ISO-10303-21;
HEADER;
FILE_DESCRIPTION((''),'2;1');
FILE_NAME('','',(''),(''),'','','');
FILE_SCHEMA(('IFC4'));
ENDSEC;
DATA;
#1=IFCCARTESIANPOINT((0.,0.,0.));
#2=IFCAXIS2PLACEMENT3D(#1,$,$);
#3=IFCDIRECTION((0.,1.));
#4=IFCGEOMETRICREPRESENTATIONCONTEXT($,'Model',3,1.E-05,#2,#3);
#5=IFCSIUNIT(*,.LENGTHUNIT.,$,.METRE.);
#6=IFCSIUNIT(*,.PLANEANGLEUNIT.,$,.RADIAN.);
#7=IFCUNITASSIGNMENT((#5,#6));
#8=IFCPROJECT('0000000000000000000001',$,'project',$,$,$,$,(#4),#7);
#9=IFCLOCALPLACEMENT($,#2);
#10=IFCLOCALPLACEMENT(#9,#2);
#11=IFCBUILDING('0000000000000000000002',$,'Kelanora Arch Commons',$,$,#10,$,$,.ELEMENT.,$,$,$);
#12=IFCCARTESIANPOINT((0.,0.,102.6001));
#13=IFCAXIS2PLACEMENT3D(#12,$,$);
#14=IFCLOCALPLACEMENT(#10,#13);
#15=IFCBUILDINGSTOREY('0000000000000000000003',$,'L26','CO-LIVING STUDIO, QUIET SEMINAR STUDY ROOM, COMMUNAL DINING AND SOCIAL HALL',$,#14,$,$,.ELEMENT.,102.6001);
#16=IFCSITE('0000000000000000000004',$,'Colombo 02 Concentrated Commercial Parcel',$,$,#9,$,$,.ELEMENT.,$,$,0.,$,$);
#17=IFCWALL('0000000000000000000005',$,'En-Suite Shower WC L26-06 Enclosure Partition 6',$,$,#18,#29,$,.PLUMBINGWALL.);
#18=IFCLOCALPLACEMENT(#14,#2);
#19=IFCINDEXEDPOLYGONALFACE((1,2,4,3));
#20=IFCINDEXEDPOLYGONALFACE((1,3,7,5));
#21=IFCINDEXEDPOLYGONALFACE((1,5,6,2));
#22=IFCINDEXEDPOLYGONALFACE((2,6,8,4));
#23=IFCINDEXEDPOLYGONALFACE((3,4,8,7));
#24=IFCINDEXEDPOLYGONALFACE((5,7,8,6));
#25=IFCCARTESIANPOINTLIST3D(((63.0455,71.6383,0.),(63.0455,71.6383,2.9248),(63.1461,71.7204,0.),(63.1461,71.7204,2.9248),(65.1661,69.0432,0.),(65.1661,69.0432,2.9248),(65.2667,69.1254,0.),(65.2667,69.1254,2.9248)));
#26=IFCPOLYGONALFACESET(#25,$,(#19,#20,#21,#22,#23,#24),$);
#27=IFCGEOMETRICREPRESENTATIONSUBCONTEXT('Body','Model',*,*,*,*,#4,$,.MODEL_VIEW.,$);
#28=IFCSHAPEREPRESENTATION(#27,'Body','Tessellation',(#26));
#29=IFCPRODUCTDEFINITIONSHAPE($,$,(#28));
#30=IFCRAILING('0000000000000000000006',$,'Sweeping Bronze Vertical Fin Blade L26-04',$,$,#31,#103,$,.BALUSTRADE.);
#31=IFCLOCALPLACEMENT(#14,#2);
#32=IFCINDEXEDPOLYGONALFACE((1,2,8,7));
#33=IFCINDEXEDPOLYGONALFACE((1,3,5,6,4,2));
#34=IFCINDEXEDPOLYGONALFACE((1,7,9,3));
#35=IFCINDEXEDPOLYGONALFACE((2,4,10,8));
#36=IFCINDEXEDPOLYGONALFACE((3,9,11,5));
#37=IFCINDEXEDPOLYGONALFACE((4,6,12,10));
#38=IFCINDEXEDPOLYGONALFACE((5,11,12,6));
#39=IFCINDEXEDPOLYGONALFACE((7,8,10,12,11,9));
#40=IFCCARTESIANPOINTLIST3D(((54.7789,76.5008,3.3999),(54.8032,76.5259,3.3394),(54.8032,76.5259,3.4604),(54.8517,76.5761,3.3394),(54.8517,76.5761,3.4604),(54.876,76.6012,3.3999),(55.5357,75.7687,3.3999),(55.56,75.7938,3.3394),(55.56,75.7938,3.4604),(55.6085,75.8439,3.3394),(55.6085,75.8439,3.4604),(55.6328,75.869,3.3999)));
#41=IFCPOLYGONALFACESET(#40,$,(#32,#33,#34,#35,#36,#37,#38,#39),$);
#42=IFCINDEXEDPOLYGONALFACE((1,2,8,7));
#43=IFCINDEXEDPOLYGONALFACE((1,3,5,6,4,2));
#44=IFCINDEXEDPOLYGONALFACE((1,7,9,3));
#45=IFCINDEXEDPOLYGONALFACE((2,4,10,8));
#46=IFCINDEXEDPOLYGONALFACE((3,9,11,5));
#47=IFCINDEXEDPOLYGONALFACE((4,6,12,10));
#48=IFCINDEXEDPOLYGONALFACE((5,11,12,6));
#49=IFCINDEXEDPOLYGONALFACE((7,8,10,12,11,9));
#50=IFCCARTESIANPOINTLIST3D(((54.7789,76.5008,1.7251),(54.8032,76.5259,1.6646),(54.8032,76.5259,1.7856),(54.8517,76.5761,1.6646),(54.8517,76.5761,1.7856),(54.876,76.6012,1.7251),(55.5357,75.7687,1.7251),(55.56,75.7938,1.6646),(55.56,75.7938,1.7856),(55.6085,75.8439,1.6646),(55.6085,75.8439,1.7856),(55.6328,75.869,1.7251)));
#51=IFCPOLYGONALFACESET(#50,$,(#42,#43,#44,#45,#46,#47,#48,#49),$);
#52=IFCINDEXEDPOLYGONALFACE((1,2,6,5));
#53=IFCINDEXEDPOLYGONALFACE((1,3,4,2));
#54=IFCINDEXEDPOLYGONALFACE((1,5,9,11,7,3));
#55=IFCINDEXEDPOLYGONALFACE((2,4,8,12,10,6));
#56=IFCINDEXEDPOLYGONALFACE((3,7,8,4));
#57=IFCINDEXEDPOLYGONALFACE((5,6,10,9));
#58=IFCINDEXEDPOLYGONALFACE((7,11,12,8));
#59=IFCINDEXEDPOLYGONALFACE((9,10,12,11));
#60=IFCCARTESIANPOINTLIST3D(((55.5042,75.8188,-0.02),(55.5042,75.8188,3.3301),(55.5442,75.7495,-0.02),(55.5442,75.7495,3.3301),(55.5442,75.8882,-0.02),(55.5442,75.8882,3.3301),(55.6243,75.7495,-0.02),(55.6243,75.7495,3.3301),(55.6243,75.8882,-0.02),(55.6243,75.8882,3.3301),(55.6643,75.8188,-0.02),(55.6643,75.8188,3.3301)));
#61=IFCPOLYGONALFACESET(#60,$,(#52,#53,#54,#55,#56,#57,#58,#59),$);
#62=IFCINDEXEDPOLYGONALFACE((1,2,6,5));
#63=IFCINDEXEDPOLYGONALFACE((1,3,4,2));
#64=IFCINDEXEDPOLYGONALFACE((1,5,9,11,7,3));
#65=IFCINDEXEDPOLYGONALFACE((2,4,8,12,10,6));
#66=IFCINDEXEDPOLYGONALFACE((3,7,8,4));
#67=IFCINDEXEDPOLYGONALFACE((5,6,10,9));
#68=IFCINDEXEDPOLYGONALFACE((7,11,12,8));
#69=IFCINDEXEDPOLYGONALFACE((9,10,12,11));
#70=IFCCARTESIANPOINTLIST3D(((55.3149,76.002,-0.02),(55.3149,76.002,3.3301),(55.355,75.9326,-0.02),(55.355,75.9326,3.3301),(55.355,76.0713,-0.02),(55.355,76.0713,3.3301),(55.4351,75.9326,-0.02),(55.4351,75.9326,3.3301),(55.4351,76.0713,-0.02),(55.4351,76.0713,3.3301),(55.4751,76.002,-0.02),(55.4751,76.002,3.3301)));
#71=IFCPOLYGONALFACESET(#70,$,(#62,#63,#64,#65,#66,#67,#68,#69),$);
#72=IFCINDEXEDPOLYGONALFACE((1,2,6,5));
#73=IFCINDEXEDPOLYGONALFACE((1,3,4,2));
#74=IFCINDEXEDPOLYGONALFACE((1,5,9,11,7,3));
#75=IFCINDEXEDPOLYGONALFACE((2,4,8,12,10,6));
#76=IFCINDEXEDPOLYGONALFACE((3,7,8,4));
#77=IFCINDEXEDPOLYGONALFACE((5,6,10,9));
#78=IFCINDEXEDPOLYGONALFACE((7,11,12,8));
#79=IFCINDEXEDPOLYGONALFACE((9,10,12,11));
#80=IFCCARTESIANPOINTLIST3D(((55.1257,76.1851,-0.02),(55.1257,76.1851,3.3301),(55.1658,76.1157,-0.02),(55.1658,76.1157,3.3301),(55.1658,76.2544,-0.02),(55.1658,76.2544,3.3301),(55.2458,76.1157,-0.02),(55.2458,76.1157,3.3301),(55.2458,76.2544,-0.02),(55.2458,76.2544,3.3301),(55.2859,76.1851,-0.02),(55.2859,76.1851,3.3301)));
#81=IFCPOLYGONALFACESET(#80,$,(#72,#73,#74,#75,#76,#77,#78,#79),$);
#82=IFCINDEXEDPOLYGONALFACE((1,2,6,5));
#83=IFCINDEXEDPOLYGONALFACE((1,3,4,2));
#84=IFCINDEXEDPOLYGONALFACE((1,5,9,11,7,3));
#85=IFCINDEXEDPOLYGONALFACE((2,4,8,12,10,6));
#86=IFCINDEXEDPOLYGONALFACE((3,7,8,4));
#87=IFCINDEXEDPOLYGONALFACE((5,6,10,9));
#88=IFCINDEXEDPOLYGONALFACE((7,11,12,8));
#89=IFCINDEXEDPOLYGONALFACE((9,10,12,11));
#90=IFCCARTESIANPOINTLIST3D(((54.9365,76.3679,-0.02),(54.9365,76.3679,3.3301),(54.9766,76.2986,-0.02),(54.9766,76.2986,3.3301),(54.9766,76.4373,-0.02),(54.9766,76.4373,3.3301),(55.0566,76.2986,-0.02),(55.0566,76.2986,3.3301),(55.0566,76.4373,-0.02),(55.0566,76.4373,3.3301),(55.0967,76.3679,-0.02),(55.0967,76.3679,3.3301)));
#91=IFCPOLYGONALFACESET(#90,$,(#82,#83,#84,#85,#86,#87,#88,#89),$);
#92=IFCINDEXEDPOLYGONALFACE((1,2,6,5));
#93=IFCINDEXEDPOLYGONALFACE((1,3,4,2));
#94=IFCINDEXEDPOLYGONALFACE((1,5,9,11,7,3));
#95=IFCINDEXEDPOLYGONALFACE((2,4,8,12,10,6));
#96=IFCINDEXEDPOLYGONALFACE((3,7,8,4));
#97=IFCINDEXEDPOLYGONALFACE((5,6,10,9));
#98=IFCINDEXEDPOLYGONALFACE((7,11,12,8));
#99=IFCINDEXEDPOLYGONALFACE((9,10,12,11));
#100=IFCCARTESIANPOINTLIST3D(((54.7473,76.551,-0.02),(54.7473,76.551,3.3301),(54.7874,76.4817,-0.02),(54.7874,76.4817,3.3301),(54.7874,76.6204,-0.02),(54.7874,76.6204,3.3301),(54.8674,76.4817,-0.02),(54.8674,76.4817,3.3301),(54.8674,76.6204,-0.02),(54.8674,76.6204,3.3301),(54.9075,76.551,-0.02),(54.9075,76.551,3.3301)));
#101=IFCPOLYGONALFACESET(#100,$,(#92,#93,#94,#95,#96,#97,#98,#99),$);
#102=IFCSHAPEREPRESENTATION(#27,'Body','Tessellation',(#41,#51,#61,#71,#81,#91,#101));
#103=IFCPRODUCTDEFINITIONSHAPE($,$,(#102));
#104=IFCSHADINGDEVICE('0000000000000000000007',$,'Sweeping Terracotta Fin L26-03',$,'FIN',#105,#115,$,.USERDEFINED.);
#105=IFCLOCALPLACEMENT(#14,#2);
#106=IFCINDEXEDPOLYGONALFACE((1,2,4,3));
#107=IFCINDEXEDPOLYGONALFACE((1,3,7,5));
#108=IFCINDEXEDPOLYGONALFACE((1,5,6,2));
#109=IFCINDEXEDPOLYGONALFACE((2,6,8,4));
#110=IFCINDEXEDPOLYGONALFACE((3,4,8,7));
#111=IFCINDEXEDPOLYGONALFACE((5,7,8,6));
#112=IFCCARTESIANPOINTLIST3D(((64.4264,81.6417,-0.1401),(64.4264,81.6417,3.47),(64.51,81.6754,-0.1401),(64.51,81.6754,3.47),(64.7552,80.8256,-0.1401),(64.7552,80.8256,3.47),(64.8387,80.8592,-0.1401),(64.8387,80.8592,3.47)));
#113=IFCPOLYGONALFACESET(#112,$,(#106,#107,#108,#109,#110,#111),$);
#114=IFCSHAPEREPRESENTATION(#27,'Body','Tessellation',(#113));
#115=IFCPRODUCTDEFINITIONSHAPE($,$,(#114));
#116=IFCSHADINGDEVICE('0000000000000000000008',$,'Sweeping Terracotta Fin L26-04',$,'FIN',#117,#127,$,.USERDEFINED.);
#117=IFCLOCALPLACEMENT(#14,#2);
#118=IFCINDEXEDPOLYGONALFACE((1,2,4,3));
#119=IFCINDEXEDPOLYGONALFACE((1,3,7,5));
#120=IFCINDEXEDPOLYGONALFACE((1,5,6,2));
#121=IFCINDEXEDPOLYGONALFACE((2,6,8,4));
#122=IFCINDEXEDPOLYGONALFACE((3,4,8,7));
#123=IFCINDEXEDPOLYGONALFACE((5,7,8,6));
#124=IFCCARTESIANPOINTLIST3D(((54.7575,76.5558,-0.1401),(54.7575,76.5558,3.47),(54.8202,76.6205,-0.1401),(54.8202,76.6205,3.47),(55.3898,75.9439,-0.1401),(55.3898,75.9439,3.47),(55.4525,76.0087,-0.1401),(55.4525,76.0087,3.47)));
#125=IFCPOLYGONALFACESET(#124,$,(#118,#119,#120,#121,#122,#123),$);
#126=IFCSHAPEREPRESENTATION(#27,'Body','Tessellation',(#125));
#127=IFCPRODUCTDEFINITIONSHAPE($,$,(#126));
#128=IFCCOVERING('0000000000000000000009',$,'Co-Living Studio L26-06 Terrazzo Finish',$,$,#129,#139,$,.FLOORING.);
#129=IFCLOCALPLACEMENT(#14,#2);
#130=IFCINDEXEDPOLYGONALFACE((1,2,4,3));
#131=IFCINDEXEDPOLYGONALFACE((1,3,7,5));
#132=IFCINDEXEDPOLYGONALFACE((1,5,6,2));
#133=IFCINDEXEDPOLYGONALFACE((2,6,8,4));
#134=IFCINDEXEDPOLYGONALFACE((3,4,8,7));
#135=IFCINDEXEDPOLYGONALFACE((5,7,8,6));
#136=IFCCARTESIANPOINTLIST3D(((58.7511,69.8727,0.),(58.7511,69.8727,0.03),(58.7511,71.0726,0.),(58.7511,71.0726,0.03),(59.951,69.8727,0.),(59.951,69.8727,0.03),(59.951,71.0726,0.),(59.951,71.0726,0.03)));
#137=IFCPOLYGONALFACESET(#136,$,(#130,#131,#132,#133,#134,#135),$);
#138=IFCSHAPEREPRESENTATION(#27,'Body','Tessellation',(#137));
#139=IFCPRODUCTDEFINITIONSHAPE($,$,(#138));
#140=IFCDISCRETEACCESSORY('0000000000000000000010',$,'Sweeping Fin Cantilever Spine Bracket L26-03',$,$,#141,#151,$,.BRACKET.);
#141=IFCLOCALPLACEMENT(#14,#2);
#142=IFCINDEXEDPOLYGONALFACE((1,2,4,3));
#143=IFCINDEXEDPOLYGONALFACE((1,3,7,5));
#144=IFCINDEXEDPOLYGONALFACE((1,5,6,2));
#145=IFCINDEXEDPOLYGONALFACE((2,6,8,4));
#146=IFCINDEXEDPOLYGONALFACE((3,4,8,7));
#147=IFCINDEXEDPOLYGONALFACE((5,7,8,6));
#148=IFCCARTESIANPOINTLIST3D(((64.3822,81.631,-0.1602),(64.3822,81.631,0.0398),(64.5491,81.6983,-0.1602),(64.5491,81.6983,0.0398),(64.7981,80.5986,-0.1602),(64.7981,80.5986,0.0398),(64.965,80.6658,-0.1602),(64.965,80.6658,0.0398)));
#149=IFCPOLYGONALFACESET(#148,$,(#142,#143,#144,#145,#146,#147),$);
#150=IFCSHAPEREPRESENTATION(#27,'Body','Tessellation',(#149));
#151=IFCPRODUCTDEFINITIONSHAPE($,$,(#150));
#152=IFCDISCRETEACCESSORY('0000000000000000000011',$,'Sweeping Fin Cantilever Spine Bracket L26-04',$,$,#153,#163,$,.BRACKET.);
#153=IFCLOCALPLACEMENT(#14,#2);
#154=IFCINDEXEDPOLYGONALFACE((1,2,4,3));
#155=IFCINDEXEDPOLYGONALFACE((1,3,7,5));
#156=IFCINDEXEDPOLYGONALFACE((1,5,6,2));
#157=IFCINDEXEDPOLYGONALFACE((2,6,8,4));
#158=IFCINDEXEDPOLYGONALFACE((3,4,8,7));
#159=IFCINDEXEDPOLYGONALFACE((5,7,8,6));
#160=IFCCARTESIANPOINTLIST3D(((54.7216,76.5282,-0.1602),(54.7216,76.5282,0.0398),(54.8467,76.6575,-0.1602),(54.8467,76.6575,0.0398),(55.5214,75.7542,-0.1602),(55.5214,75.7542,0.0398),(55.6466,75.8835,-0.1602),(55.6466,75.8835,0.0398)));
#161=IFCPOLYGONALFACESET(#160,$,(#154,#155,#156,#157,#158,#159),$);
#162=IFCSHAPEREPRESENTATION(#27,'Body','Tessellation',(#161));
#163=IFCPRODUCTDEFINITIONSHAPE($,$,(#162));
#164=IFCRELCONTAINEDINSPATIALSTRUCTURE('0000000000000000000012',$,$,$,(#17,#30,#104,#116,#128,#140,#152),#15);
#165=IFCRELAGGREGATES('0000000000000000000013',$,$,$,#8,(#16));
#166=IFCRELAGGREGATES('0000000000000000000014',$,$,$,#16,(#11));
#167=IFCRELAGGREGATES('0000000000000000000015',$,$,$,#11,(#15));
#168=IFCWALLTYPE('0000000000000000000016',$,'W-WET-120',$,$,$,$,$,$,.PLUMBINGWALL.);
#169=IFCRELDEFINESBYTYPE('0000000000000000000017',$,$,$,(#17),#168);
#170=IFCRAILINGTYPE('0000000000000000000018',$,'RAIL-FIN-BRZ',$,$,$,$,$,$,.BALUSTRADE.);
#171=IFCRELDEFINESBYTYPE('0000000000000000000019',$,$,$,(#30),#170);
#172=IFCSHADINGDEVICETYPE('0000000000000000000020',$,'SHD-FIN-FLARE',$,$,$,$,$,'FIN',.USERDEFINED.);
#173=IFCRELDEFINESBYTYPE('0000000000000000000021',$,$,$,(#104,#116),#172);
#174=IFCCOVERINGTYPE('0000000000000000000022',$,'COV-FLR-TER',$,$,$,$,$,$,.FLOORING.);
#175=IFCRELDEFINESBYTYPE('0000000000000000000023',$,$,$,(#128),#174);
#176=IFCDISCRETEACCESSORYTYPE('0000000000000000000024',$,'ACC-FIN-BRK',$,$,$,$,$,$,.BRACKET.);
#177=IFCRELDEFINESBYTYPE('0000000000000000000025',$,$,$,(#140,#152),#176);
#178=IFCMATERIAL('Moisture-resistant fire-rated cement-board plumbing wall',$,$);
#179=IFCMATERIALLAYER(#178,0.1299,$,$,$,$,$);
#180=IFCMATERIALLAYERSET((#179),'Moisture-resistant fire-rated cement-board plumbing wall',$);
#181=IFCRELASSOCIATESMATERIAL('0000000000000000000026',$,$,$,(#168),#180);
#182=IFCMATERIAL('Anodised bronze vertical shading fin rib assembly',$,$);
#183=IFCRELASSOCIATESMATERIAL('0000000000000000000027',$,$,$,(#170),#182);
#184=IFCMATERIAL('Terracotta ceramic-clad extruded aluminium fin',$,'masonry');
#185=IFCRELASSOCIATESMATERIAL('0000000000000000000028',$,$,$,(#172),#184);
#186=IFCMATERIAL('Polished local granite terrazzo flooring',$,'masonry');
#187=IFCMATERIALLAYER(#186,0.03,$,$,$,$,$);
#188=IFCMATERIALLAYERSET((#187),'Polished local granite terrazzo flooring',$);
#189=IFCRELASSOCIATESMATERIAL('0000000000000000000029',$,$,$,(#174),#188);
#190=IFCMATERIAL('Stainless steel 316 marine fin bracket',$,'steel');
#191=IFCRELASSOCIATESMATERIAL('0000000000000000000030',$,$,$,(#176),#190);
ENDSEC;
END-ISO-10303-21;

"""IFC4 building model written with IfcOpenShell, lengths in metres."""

from ifc_helpers import new_model, si_unit, direction, frame, frame_2d, origin, origin_2d, place, context, subcontext, project, spatial, polyline, rectangle, outline, extrude, source, transform, mapped, material, layer, layer_set, type_object, element, save


model = new_model("IFC4")

# Units and contexts
model_context = context("Model", 3, precision=1e-05, world=origin(), true_north=direction((0.0, 1.0)))
body_context = subcontext(model_context, "Body", "Model", "MODEL_VIEW")
ifc_project = project(units=[si_unit("LENGTHUNIT", "METRE"), si_unit("PLANEANGLEUNIT", "RADIAN")], contexts=[model_context])

# Site, building, storey
site_placement = place(None, origin())
site = spatial("IfcSite", under=ifc_project, at=site_placement, Name="Colombo 02 Concentrated Commercial Parcel", CompositionType="ELEMENT", RefElevation=0.0)
building_placement = place(site_placement, origin())
building = spatial("IfcBuilding", under=site, at=building_placement, Name="Kelanora Arch Commons", CompositionType="ELEMENT")
storey_placement = place(building_placement, frame((0.0, 0.0, 102.6001)))
storey = spatial("IfcBuildingStorey", under=building, at=storey_placement, Name="L26", Description="CO-LIVING STUDIO, QUIET SEMINAR STUDY ROOM, COMMUNAL DINING AND SOCIAL HALL", CompositionType="ELEMENT", Elevation=102.6001)

# Wall
ifc_material_1 = material(Name="Moisture-resistant fire-rated cement-board plumbing wall")
ifc_layer_1 = layer(ifc_material_1, 0.1299)
ifc_layer_set_1 = layer_set([ifc_layer_1], Name="Moisture-resistant fire-rated cement-board plumbing wall")
wall_type_1 = type_object("IfcWallType", Name="W-WET-120", PredefinedType="PLUMBINGWALL", material=ifc_layer_set_1)
wall_1_placement = place(storey_placement, frame((63.0957, 71.6794, 0.0), z_axis=(0.0, 0.0, 1.0), x_axis=(0.632781, -0.77433, 0.0)))
element("IfcWall", 1, at=wall_1_placement, inside=storey, type_object=wall_type_1, Name="En-Suite Shower WC L26-06 Enclosure Partition 6", PredefinedType="PLUMBINGWALL", context=body_context, shape_type="SweptSolid", body=[
    extrude(rectangle(XDim=3.3513, YDim=0.1299, at=frame_2d((1.6758, 0.0))), origin(), (0.0, 0.0, 1.0), 2.9248),
])

# Railing
ifc_material_2 = material(Name="Anodised bronze vertical shading fin rib assembly")
railing_type = type_object("IfcRailingType", Name="RAIL-FIN-BRZ", PredefinedType="BALUSTRADE", material=ifc_material_2)
railing_placement = place(storey_placement, frame((55.5842, 75.8188, -0.02)))
element("IfcRailing", 2, at=railing_placement, inside=storey, type_object=railing_type, Name="Sweeping Bronze Vertical Fin Blade L26-04", PredefinedType="BALUSTRADE", context=body_context, shape_type="SweptSolid", body=[
    extrude(outline(polyline([(0.0698, 0.0), (0.0349, 0.0605), (-0.0349, 0.0605), (-0.0698, 0.0), (-0.0349, -0.0605), (0.0349, -0.0605), (0.0698, 0.0)])), frame((0.0, 0.0, 3.4199), z_axis=(-0.718718, 0.695302, 0.0), x_axis=(-0.695302, -0.718718, 0.0)), (0.0, 0.0, 1.0), 1.053),
    extrude(outline(polyline([(0.0698, 0.0), (0.0349, 0.0605), (-0.0349, 0.0605), (-0.0698, 0.0), (-0.0349, -0.0605), (0.0349, -0.0605), (0.0698, 0.0)])), frame((0.0, 0.0, 1.7451), z_axis=(-0.718718, 0.695302, 0.0), x_axis=(-0.695302, -0.718718, 0.0)), (0.0, 0.0, 1.0), 1.053),
    extrude(outline(polyline([(0.0801, 0.0), (0.04, 0.0693), (-0.04, 0.0693), (-0.0801, 0.0), (-0.04, -0.0693), (0.04, -0.0693), (0.0801, 0.0)])), origin(), (0.0, 0.0, 1.0), 3.3501),
    extrude(outline(polyline([(0.0801, 0.0), (0.04, 0.0693), (-0.04, 0.0693), (-0.0801, 0.0), (-0.04, -0.0693), (0.04, -0.0693), (0.0801, 0.0)])), frame((-0.1892, 0.1831, 0.0)), (0.0, 0.0, 1.0), 3.3501),
    extrude(outline(polyline([(0.0801, 0.0), (0.04, 0.0693), (-0.04, 0.0693), (-0.0801, 0.0), (-0.04, -0.0693), (0.04, -0.0693), (0.0801, 0.0)])), frame((-0.3784, 0.3662, 0.0)), (0.0, 0.0, 1.0), 3.3501),
    extrude(outline(polyline([(0.0801, 0.0), (0.04, 0.0693), (-0.04, 0.0693), (-0.0801, 0.0), (-0.04, -0.0693), (0.04, -0.0693), (0.0801, 0.0)])), frame((-0.5676, 0.5491, 0.0)), (0.0, 0.0, 1.0), 3.3501),
    extrude(outline(polyline([(0.0801, 0.0), (0.04, 0.0693), (-0.04, 0.0693), (-0.0801, 0.0), (-0.04, -0.0693), (0.04, -0.0693), (0.0801, 0.0)])), frame((-0.7568, 0.7322, 0.0)), (0.0, 0.0, 1.0), 3.3501),
])

# Shading devices
ifc_material_3 = material(Name="Terracotta ceramic-clad extruded aluminium fin", Category="masonry")
shading_device_type = type_object("IfcShadingDeviceType", Name="SHD-FIN-FLARE", ElementType="FIN", PredefinedType="USERDEFINED", material=ifc_material_3)
shared_shape_1 = source(origin(), body_context, "Body", "SweptSolid", [
    extrude(rectangle(XDim=0.8799, YDim=0.0901, at=origin_2d()), origin(), (0.0, 0.0, 1.0), 3.6101),
])
for number, where, z_axis, x_axis, name in (
    (3, (64.6326, 81.2505, -0.1401), (0.0, 0.0, 1.0), (-0.373635, 0.927576, 0.0), "Sweeping Terracotta Fin L26-03"),
    (4, (55.105, 76.2822, -0.1401), (0.0, 0.0, 1.0), (-0.718612, 0.695411, 0.0), "Sweeping Terracotta Fin L26-04"),
):
    element("IfcShadingDevice", number, at=place(storey_placement, frame(where, z_axis=z_axis, x_axis=x_axis)), inside=storey, type_object=shading_device_type, Name=name, ObjectType="FIN", PredefinedType="USERDEFINED", context=body_context, shape_type="MappedRepresentation", body=[
        mapped(shared_shape_1, transform((0.0, 0.0, 0.0), scale=1.0)),
    ])

# Covering
ifc_material_4 = material(Name="Polished local granite terrazzo flooring", Category="masonry")
ifc_layer_2 = layer(ifc_material_4, 0.03)
ifc_layer_set_2 = layer_set([ifc_layer_2], Name="Polished local granite terrazzo flooring")
covering_type = type_object("IfcCoveringType", Name="COV-FLR-TER", PredefinedType="FLOORING", material=ifc_layer_set_2)
shared_shape_2 = source(origin(), body_context, "Body", "SweptSolid", [
    extrude(rectangle(XDim=1.2, YDim=1.2, at=origin_2d()), origin(), (0.0, 0.0, 1.0), 0.03),
])
covering_placement = place(storey_placement, frame((59.3511, 70.4727, 0.0), z_axis=(0.0, 0.0, 1.0), x_axis=(1.0, 0.0, 0.0)))
element("IfcCovering", 5, at=covering_placement, inside=storey, type_object=covering_type, Name="Co-Living Studio L26-06 Terrazzo Finish", PredefinedType="FLOORING", context=body_context, shape_type="MappedRepresentation", body=[
    mapped(shared_shape_2, transform((0.0, 0.0, 0.0), scale=1.0)),
])

# Discrete accessories
ifc_material_5 = material(Name="Stainless steel 316 marine fin bracket", Category="steel")
discrete_accessory_type = type_object("IfcDiscreteAccessoryType", Name="ACC-FIN-BRK", PredefinedType="BRACKET", material=ifc_material_5)
shared_shape_3 = source(origin(), body_context, "Body", "SweptSolid", [
    extrude(rectangle(XDim=1.113, YDim=0.1799, at=origin_2d()), origin(), (0.0, 0.0, 1.0), 0.2),
])
for number, where, z_axis, x_axis, name in (
    (6, (64.6736, 81.1484, -0.1602), (0.0, 0.0, 1.0), (-0.373635, 0.927576, 0.0), "Sweeping Fin Cantilever Spine Bracket L26-03"),
    (7, (55.1841, 76.2058, -0.1602), (0.0, 0.0, 1.0), (-0.718612, 0.695411, 0.0), "Sweeping Fin Cantilever Spine Bracket L26-04"),
):
    element("IfcDiscreteAccessory", number, at=place(storey_placement, frame(where, z_axis=z_axis, x_axis=x_axis)), inside=storey, type_object=discrete_accessory_type, Name=name, PredefinedType="BRACKET", context=body_context, shape_type="MappedRepresentation", body=[
        mapped(shared_shape_3, transform((0.0, 0.0, 0.0), scale=1.0)),
    ])

save(model, "model.ifc")
